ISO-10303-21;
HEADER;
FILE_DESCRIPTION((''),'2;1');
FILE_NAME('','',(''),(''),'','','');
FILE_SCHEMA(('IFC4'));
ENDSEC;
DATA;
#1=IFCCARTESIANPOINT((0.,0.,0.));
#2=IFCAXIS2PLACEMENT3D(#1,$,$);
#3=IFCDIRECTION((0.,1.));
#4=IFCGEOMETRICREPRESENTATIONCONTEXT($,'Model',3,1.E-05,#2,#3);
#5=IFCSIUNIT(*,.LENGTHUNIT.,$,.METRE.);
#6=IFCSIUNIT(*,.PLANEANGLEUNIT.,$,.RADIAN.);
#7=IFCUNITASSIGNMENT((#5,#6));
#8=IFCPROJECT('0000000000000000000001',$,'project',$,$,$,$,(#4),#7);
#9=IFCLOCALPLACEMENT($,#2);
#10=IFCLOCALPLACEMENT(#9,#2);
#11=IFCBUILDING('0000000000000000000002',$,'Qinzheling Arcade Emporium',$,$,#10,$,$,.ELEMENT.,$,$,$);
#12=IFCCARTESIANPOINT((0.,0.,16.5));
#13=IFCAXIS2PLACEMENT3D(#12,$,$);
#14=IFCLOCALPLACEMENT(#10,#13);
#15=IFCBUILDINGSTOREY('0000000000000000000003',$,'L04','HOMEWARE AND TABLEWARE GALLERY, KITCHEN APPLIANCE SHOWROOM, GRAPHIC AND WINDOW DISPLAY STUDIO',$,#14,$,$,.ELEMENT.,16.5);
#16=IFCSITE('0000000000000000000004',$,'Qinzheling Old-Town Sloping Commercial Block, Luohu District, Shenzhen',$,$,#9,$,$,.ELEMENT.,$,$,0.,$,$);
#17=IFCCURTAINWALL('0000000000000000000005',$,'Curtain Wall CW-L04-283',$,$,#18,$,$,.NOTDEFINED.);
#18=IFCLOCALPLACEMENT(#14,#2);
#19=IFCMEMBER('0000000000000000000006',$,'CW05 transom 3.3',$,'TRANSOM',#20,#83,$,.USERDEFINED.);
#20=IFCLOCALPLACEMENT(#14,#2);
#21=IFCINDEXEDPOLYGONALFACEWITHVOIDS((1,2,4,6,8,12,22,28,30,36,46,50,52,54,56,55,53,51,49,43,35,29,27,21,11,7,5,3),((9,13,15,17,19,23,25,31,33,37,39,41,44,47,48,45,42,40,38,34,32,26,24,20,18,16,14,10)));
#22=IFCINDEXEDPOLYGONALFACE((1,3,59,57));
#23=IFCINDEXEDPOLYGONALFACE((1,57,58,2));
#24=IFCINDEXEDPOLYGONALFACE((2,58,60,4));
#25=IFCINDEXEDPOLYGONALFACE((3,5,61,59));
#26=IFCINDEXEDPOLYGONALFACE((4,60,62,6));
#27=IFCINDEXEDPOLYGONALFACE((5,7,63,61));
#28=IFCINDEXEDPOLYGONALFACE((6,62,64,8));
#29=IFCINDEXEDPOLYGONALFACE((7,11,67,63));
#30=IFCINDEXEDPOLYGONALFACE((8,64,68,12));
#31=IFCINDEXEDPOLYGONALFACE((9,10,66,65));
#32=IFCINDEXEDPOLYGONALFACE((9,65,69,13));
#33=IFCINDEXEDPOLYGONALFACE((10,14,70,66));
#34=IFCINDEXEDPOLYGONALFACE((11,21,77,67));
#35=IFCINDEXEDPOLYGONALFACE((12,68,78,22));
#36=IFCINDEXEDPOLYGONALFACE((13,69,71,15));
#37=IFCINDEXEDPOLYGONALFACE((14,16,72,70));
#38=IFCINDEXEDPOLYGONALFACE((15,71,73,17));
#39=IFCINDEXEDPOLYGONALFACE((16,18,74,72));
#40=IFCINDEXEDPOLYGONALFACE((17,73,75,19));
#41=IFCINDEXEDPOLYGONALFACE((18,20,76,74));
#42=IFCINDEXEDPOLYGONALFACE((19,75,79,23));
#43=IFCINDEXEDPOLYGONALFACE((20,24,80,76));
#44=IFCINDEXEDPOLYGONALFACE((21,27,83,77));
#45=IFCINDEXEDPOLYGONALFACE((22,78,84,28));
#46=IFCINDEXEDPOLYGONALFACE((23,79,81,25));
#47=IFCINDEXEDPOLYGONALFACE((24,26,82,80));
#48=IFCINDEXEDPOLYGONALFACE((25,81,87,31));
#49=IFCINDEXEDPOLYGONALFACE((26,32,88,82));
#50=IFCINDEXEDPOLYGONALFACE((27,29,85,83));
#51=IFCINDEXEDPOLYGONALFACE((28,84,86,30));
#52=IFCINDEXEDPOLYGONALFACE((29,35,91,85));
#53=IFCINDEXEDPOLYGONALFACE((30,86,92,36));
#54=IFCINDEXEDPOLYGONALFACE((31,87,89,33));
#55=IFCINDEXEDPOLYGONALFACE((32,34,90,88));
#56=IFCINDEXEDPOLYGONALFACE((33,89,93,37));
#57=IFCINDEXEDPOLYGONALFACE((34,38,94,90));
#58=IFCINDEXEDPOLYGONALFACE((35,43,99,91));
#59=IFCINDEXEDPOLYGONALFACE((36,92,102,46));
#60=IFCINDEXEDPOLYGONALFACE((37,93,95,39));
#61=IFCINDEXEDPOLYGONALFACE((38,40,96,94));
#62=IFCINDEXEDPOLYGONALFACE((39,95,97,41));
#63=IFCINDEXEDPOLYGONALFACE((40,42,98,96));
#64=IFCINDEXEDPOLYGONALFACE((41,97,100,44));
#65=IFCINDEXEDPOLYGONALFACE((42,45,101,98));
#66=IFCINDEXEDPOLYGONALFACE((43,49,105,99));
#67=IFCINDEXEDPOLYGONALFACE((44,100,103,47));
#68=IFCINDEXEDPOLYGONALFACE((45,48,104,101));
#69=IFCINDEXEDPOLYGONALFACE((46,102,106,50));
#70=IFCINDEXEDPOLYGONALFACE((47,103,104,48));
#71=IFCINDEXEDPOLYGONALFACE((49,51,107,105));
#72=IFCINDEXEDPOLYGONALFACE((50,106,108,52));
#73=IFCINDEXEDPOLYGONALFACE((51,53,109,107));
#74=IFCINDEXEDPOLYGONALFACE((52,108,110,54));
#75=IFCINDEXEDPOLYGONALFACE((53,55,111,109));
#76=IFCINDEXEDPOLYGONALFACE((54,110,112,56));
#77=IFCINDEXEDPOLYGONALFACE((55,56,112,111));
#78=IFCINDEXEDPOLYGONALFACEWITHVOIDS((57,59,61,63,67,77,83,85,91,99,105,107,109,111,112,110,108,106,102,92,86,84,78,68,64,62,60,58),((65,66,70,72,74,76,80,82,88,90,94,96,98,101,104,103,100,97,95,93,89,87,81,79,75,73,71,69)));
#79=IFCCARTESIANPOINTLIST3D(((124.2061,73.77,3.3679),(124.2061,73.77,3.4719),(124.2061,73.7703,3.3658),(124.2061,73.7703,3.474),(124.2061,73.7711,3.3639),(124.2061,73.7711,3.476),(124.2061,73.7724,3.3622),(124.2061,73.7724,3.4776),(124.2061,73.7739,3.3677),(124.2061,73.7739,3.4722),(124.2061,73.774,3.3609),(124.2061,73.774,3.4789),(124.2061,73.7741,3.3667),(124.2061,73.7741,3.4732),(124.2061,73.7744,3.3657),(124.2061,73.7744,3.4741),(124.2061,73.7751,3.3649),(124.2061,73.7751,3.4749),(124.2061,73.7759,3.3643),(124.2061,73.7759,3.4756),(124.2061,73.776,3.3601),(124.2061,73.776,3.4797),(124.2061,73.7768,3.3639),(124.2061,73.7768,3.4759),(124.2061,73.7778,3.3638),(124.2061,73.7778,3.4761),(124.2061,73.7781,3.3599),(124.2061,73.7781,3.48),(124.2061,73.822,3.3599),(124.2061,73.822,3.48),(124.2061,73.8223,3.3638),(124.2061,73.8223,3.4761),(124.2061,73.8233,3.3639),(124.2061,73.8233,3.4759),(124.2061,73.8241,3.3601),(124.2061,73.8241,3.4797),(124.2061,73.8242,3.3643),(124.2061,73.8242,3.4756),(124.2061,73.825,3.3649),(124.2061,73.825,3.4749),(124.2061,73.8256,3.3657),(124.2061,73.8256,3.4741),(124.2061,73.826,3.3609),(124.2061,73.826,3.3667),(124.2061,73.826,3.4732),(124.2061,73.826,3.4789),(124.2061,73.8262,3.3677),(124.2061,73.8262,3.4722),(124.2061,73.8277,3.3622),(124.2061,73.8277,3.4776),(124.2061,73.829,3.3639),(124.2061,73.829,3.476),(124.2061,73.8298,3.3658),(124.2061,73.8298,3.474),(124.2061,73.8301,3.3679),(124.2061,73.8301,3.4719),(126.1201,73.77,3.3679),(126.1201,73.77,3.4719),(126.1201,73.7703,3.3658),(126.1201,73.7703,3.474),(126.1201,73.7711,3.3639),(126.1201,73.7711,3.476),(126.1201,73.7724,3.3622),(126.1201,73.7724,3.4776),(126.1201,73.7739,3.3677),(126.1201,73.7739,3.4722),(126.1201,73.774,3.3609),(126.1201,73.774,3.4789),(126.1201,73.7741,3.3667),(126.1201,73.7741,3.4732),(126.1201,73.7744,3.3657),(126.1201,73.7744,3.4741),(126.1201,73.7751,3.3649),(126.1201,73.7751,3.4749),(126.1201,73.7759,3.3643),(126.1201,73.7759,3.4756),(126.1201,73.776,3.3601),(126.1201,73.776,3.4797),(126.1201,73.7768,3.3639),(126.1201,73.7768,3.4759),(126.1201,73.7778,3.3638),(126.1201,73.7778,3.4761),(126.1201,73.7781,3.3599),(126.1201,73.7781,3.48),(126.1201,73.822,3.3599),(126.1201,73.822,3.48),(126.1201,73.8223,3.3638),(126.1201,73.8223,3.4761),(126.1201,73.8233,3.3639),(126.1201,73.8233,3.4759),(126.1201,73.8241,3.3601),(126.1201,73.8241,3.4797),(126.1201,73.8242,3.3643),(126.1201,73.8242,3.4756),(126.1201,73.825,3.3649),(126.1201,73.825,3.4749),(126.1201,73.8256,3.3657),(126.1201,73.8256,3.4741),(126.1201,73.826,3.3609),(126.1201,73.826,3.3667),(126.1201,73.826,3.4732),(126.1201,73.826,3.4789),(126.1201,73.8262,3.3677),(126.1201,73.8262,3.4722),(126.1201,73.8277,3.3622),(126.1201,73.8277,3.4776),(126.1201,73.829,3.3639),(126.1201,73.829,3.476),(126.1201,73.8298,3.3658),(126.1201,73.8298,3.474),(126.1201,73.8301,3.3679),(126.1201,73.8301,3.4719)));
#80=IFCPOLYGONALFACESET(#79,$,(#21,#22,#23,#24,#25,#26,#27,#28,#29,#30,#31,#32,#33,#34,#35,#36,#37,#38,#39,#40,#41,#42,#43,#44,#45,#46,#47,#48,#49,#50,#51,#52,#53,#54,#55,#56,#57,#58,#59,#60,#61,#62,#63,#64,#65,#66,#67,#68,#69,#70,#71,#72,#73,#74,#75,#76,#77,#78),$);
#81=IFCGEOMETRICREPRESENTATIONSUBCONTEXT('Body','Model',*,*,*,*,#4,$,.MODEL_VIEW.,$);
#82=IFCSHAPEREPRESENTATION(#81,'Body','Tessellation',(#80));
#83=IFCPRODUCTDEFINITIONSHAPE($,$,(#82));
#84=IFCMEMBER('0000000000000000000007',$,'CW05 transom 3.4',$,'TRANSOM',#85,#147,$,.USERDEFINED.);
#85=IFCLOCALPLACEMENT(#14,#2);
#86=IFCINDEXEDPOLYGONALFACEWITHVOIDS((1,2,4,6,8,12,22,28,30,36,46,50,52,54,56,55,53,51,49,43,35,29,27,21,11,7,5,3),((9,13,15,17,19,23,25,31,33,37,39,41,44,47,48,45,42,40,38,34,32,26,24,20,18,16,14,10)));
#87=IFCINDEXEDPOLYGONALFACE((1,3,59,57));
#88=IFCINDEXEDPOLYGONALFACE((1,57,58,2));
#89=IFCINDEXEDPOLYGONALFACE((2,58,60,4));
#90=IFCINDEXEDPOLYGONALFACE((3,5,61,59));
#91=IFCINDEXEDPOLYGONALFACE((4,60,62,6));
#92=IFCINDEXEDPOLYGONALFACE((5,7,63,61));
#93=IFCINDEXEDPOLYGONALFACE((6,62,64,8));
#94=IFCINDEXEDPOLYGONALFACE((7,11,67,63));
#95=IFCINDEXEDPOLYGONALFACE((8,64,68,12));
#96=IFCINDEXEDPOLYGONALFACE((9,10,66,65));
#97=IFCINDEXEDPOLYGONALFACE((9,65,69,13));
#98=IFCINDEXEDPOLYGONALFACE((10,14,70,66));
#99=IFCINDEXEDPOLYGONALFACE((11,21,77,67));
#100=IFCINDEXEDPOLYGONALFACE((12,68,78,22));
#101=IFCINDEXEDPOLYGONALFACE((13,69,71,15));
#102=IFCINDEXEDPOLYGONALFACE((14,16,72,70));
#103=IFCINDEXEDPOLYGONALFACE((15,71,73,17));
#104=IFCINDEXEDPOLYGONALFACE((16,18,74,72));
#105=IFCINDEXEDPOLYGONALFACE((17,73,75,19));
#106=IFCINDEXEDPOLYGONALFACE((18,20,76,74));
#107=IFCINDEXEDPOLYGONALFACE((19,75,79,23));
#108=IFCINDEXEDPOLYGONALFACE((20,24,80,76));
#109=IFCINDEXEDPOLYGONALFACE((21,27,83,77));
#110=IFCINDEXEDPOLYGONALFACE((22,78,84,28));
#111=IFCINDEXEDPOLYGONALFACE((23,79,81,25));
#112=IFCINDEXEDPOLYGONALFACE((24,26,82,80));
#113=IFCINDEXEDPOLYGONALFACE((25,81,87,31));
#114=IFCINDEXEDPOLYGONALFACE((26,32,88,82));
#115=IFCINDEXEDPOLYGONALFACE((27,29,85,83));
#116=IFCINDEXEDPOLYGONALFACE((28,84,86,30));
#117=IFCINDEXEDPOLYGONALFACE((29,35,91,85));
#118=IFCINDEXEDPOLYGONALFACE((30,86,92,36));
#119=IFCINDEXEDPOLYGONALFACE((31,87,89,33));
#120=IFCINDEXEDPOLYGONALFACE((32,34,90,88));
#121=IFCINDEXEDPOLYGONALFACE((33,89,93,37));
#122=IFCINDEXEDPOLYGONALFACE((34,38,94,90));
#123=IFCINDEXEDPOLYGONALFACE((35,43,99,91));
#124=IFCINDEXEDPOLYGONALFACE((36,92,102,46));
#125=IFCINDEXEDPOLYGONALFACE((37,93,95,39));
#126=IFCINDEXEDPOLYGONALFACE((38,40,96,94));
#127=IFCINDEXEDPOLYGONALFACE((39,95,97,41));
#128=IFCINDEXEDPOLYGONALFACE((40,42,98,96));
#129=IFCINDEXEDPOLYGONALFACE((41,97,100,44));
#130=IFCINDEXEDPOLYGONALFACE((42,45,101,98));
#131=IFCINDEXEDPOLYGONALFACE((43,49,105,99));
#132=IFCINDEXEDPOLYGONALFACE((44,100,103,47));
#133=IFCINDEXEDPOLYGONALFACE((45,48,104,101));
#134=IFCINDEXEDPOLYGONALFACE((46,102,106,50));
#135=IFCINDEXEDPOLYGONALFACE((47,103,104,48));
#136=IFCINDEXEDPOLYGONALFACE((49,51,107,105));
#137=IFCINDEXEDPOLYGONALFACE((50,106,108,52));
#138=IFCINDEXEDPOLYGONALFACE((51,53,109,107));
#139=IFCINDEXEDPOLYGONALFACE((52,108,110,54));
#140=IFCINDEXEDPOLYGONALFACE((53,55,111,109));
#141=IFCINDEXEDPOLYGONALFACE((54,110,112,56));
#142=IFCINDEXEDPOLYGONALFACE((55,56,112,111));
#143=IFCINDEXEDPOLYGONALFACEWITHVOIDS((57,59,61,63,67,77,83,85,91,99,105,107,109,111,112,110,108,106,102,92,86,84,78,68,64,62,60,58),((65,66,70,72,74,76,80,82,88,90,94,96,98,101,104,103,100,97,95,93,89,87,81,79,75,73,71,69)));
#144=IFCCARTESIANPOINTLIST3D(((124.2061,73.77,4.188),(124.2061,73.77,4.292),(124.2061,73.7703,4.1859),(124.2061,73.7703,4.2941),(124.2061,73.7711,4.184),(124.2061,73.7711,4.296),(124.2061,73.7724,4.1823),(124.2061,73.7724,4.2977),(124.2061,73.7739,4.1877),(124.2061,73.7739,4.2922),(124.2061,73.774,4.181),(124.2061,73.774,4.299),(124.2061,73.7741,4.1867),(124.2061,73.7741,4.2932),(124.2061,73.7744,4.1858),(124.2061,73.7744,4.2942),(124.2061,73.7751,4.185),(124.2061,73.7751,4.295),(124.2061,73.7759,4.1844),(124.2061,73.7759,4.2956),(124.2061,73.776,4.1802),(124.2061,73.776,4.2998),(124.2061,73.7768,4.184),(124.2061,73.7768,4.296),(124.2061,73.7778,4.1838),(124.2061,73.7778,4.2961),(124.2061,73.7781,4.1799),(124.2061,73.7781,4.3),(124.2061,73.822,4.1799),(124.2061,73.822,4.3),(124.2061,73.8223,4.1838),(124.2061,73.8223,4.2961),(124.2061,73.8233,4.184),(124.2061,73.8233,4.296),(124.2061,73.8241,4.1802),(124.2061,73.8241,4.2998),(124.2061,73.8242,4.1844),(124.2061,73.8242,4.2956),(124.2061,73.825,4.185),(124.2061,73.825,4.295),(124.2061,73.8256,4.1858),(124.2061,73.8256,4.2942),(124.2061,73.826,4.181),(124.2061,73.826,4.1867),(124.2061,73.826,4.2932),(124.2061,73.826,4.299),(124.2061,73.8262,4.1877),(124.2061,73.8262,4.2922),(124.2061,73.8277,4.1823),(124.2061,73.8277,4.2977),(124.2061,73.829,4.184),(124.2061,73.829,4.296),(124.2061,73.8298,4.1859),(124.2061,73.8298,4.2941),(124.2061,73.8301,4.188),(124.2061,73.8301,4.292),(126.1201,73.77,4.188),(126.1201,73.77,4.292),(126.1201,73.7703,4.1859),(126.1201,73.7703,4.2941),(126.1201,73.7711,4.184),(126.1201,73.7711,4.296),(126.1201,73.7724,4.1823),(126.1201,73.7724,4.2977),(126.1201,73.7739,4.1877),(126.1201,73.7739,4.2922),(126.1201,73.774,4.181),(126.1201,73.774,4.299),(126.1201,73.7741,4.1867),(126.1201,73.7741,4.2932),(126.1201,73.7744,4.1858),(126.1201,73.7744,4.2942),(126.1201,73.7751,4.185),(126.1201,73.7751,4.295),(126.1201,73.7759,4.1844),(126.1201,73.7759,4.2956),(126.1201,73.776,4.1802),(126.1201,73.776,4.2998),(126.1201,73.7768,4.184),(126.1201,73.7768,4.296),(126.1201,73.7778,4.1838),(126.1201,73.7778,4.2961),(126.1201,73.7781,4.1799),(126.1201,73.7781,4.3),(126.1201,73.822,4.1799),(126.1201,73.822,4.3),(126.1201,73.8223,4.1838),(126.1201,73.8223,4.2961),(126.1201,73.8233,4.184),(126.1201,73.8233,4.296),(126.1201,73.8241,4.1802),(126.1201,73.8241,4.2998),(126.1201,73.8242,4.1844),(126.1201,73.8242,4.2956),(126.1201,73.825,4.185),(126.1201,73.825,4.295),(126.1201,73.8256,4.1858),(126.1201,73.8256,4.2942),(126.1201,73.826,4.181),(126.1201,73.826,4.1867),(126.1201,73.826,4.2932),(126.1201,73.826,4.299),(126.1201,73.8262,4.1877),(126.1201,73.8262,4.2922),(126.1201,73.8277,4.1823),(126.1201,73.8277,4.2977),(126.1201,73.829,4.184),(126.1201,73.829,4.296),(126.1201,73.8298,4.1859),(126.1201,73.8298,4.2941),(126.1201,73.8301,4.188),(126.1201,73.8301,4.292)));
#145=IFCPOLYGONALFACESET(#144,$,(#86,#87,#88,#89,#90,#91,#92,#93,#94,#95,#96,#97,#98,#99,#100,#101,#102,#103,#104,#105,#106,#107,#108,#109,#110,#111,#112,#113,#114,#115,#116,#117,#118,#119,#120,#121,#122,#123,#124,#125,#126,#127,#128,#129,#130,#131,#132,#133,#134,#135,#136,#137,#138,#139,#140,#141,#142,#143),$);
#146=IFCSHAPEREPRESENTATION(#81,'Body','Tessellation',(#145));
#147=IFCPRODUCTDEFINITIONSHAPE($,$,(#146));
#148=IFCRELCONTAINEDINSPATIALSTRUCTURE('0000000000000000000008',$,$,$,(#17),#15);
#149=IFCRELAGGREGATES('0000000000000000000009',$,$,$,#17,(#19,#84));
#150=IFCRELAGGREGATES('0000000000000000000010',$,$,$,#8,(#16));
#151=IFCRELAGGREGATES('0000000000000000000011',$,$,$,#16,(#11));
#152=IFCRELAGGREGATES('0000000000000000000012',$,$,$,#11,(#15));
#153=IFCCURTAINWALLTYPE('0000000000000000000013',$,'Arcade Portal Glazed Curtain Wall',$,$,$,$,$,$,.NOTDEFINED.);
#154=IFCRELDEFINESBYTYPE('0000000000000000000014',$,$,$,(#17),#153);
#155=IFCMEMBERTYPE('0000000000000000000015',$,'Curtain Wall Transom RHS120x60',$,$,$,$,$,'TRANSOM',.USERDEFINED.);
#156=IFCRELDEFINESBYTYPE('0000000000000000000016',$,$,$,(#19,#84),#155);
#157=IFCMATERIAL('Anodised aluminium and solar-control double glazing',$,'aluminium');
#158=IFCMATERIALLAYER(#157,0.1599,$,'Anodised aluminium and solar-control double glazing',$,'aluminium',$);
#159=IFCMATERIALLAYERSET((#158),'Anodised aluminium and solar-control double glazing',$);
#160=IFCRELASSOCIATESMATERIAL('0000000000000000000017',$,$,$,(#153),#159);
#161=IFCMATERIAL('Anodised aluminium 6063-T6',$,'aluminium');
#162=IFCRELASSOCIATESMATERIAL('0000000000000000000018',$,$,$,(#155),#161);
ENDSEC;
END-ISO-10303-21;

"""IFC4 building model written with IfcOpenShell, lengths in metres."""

from ifc_helpers import new_model, si_unit, direction, frame, origin, origin_2d, place, context, subcontext, project, spatial, hollow_rectangle, extrude, material, layer, layer_set, material_profile, profile_set, type_object, element, aggregate, save


model = new_model("IFC4")

# Units and contexts
model_context = context("Model", 3, precision=1e-05, world=origin(), true_north=direction((0.0, 1.0)))
body_context = subcontext(model_context, "Body", "Model", "MODEL_VIEW")
ifc_project = project(units=[si_unit("LENGTHUNIT", "METRE"), si_unit("PLANEANGLEUNIT", "RADIAN")], contexts=[model_context])

# Site, building, storey
site_placement = place(None, origin())
site = spatial("IfcSite", under=ifc_project, at=site_placement, Name="Qinzheling Old-Town Sloping Commercial Block, Luohu District, Shenzhen", CompositionType="ELEMENT", RefElevation=0.0)
building_placement = place(site_placement, origin())
building = spatial("IfcBuilding", under=site, at=building_placement, Name="Qinzheling Arcade Emporium", CompositionType="ELEMENT")
storey_placement = place(building_placement, frame((0.0, 0.0, 16.5)))
storey = spatial("IfcBuildingStorey", under=building, at=storey_placement, Name="L04", Description="HOMEWARE AND TABLEWARE GALLERY, KITCHEN APPLIANCE SHOWROOM, GRAPHIC AND WINDOW DISPLAY STUDIO", CompositionType="ELEMENT", Elevation=16.5)

# Shared definitions
ifc_material_1 = material(Name="Anodised aluminium and solar-control double glazing", Category="aluminium")
ifc_layer_1 = layer(ifc_material_1, 0.1599, Name="Anodised aluminium and solar-control double glazing", Category="aluminium")
ifc_layer_set_1 = layer_set([ifc_layer_1], Name="Anodised aluminium and solar-control double glazing")
curtain_wall_type = type_object("IfcCurtainWallType", Name="Arcade Portal Glazed Curtain Wall", PredefinedType="NOTDEFINED", material=ifc_layer_set_1)
ifc_material_2 = material(Name="Anodised aluminium 6063-T6", Category="aluminium")

# Curtain wall, members
curtain_wall_1_placement = place(storey_placement, origin())
curtain_wall_1 = element("IfcCurtainWall", 1, at=curtain_wall_1_placement, inside=storey, type_object=curtain_wall_type, Name="Curtain Wall CW-L04-283", PredefinedType="NOTDEFINED")
ifc_material_profile_1 = material_profile(ifc_material_2, hollow_rectangle(XDim=0.0601, YDim=0.1201, WallThickness=0.0039, InnerFilletRadius=0.0039, OuterFilletRadius=0.0081, at=origin_2d()), Name="RHS 120x60x4", Category="aluminium")
ifc_profile_set_1 = profile_set([ifc_material_profile_1], Name="Anodised aluminium 6063-T6")
member_type_1 = type_object("IfcMemberType", Name="Curtain Wall Transom RHS120x60", ElementType="TRANSOM", PredefinedType="USERDEFINED", material=ifc_profile_set_1)
member_1_placement = place(storey_placement, frame((126.1201, 73.8, 3.4199), z_axis=(-1.0, 0.0, 0.0), x_axis=(0.0, -1.0, 0.0)))
member_1 = element("IfcMember", 2, at=member_1_placement, type_object=member_type_1, Name="CW05 transom 3.3", ObjectType="TRANSOM", PredefinedType="USERDEFINED", context=body_context, shape_type="SweptSolid", body=[
    extrude(hollow_rectangle(XDim=0.0601, YDim=0.1201, WallThickness=0.0039, InnerFilletRadius=0.0039, OuterFilletRadius=0.0081, at=origin_2d()), origin(), (0.0, 0.0, 1.0), 1.9141),
])
member_2_placement = place(storey_placement, frame((126.1201, 73.8, 4.24), z_axis=(-1.0, 0.0, 0.0), x_axis=(0.0, -1.0, 0.0)))
member_2 = element("IfcMember", 3, at=member_2_placement, type_object=member_type_1, Name="CW05 transom 3.4", ObjectType="TRANSOM", PredefinedType="USERDEFINED", context=body_context, shape_type="SweptSolid", body=[
    extrude(hollow_rectangle(XDim=0.0601, YDim=0.1201, WallThickness=0.0039, InnerFilletRadius=0.0039, OuterFilletRadius=0.0081, at=origin_2d()), origin(), (0.0, 0.0, 1.0), 1.9141),
])

aggregate(curtain_wall_1, [member_1, member_2])

save(model, "model.ifc")
